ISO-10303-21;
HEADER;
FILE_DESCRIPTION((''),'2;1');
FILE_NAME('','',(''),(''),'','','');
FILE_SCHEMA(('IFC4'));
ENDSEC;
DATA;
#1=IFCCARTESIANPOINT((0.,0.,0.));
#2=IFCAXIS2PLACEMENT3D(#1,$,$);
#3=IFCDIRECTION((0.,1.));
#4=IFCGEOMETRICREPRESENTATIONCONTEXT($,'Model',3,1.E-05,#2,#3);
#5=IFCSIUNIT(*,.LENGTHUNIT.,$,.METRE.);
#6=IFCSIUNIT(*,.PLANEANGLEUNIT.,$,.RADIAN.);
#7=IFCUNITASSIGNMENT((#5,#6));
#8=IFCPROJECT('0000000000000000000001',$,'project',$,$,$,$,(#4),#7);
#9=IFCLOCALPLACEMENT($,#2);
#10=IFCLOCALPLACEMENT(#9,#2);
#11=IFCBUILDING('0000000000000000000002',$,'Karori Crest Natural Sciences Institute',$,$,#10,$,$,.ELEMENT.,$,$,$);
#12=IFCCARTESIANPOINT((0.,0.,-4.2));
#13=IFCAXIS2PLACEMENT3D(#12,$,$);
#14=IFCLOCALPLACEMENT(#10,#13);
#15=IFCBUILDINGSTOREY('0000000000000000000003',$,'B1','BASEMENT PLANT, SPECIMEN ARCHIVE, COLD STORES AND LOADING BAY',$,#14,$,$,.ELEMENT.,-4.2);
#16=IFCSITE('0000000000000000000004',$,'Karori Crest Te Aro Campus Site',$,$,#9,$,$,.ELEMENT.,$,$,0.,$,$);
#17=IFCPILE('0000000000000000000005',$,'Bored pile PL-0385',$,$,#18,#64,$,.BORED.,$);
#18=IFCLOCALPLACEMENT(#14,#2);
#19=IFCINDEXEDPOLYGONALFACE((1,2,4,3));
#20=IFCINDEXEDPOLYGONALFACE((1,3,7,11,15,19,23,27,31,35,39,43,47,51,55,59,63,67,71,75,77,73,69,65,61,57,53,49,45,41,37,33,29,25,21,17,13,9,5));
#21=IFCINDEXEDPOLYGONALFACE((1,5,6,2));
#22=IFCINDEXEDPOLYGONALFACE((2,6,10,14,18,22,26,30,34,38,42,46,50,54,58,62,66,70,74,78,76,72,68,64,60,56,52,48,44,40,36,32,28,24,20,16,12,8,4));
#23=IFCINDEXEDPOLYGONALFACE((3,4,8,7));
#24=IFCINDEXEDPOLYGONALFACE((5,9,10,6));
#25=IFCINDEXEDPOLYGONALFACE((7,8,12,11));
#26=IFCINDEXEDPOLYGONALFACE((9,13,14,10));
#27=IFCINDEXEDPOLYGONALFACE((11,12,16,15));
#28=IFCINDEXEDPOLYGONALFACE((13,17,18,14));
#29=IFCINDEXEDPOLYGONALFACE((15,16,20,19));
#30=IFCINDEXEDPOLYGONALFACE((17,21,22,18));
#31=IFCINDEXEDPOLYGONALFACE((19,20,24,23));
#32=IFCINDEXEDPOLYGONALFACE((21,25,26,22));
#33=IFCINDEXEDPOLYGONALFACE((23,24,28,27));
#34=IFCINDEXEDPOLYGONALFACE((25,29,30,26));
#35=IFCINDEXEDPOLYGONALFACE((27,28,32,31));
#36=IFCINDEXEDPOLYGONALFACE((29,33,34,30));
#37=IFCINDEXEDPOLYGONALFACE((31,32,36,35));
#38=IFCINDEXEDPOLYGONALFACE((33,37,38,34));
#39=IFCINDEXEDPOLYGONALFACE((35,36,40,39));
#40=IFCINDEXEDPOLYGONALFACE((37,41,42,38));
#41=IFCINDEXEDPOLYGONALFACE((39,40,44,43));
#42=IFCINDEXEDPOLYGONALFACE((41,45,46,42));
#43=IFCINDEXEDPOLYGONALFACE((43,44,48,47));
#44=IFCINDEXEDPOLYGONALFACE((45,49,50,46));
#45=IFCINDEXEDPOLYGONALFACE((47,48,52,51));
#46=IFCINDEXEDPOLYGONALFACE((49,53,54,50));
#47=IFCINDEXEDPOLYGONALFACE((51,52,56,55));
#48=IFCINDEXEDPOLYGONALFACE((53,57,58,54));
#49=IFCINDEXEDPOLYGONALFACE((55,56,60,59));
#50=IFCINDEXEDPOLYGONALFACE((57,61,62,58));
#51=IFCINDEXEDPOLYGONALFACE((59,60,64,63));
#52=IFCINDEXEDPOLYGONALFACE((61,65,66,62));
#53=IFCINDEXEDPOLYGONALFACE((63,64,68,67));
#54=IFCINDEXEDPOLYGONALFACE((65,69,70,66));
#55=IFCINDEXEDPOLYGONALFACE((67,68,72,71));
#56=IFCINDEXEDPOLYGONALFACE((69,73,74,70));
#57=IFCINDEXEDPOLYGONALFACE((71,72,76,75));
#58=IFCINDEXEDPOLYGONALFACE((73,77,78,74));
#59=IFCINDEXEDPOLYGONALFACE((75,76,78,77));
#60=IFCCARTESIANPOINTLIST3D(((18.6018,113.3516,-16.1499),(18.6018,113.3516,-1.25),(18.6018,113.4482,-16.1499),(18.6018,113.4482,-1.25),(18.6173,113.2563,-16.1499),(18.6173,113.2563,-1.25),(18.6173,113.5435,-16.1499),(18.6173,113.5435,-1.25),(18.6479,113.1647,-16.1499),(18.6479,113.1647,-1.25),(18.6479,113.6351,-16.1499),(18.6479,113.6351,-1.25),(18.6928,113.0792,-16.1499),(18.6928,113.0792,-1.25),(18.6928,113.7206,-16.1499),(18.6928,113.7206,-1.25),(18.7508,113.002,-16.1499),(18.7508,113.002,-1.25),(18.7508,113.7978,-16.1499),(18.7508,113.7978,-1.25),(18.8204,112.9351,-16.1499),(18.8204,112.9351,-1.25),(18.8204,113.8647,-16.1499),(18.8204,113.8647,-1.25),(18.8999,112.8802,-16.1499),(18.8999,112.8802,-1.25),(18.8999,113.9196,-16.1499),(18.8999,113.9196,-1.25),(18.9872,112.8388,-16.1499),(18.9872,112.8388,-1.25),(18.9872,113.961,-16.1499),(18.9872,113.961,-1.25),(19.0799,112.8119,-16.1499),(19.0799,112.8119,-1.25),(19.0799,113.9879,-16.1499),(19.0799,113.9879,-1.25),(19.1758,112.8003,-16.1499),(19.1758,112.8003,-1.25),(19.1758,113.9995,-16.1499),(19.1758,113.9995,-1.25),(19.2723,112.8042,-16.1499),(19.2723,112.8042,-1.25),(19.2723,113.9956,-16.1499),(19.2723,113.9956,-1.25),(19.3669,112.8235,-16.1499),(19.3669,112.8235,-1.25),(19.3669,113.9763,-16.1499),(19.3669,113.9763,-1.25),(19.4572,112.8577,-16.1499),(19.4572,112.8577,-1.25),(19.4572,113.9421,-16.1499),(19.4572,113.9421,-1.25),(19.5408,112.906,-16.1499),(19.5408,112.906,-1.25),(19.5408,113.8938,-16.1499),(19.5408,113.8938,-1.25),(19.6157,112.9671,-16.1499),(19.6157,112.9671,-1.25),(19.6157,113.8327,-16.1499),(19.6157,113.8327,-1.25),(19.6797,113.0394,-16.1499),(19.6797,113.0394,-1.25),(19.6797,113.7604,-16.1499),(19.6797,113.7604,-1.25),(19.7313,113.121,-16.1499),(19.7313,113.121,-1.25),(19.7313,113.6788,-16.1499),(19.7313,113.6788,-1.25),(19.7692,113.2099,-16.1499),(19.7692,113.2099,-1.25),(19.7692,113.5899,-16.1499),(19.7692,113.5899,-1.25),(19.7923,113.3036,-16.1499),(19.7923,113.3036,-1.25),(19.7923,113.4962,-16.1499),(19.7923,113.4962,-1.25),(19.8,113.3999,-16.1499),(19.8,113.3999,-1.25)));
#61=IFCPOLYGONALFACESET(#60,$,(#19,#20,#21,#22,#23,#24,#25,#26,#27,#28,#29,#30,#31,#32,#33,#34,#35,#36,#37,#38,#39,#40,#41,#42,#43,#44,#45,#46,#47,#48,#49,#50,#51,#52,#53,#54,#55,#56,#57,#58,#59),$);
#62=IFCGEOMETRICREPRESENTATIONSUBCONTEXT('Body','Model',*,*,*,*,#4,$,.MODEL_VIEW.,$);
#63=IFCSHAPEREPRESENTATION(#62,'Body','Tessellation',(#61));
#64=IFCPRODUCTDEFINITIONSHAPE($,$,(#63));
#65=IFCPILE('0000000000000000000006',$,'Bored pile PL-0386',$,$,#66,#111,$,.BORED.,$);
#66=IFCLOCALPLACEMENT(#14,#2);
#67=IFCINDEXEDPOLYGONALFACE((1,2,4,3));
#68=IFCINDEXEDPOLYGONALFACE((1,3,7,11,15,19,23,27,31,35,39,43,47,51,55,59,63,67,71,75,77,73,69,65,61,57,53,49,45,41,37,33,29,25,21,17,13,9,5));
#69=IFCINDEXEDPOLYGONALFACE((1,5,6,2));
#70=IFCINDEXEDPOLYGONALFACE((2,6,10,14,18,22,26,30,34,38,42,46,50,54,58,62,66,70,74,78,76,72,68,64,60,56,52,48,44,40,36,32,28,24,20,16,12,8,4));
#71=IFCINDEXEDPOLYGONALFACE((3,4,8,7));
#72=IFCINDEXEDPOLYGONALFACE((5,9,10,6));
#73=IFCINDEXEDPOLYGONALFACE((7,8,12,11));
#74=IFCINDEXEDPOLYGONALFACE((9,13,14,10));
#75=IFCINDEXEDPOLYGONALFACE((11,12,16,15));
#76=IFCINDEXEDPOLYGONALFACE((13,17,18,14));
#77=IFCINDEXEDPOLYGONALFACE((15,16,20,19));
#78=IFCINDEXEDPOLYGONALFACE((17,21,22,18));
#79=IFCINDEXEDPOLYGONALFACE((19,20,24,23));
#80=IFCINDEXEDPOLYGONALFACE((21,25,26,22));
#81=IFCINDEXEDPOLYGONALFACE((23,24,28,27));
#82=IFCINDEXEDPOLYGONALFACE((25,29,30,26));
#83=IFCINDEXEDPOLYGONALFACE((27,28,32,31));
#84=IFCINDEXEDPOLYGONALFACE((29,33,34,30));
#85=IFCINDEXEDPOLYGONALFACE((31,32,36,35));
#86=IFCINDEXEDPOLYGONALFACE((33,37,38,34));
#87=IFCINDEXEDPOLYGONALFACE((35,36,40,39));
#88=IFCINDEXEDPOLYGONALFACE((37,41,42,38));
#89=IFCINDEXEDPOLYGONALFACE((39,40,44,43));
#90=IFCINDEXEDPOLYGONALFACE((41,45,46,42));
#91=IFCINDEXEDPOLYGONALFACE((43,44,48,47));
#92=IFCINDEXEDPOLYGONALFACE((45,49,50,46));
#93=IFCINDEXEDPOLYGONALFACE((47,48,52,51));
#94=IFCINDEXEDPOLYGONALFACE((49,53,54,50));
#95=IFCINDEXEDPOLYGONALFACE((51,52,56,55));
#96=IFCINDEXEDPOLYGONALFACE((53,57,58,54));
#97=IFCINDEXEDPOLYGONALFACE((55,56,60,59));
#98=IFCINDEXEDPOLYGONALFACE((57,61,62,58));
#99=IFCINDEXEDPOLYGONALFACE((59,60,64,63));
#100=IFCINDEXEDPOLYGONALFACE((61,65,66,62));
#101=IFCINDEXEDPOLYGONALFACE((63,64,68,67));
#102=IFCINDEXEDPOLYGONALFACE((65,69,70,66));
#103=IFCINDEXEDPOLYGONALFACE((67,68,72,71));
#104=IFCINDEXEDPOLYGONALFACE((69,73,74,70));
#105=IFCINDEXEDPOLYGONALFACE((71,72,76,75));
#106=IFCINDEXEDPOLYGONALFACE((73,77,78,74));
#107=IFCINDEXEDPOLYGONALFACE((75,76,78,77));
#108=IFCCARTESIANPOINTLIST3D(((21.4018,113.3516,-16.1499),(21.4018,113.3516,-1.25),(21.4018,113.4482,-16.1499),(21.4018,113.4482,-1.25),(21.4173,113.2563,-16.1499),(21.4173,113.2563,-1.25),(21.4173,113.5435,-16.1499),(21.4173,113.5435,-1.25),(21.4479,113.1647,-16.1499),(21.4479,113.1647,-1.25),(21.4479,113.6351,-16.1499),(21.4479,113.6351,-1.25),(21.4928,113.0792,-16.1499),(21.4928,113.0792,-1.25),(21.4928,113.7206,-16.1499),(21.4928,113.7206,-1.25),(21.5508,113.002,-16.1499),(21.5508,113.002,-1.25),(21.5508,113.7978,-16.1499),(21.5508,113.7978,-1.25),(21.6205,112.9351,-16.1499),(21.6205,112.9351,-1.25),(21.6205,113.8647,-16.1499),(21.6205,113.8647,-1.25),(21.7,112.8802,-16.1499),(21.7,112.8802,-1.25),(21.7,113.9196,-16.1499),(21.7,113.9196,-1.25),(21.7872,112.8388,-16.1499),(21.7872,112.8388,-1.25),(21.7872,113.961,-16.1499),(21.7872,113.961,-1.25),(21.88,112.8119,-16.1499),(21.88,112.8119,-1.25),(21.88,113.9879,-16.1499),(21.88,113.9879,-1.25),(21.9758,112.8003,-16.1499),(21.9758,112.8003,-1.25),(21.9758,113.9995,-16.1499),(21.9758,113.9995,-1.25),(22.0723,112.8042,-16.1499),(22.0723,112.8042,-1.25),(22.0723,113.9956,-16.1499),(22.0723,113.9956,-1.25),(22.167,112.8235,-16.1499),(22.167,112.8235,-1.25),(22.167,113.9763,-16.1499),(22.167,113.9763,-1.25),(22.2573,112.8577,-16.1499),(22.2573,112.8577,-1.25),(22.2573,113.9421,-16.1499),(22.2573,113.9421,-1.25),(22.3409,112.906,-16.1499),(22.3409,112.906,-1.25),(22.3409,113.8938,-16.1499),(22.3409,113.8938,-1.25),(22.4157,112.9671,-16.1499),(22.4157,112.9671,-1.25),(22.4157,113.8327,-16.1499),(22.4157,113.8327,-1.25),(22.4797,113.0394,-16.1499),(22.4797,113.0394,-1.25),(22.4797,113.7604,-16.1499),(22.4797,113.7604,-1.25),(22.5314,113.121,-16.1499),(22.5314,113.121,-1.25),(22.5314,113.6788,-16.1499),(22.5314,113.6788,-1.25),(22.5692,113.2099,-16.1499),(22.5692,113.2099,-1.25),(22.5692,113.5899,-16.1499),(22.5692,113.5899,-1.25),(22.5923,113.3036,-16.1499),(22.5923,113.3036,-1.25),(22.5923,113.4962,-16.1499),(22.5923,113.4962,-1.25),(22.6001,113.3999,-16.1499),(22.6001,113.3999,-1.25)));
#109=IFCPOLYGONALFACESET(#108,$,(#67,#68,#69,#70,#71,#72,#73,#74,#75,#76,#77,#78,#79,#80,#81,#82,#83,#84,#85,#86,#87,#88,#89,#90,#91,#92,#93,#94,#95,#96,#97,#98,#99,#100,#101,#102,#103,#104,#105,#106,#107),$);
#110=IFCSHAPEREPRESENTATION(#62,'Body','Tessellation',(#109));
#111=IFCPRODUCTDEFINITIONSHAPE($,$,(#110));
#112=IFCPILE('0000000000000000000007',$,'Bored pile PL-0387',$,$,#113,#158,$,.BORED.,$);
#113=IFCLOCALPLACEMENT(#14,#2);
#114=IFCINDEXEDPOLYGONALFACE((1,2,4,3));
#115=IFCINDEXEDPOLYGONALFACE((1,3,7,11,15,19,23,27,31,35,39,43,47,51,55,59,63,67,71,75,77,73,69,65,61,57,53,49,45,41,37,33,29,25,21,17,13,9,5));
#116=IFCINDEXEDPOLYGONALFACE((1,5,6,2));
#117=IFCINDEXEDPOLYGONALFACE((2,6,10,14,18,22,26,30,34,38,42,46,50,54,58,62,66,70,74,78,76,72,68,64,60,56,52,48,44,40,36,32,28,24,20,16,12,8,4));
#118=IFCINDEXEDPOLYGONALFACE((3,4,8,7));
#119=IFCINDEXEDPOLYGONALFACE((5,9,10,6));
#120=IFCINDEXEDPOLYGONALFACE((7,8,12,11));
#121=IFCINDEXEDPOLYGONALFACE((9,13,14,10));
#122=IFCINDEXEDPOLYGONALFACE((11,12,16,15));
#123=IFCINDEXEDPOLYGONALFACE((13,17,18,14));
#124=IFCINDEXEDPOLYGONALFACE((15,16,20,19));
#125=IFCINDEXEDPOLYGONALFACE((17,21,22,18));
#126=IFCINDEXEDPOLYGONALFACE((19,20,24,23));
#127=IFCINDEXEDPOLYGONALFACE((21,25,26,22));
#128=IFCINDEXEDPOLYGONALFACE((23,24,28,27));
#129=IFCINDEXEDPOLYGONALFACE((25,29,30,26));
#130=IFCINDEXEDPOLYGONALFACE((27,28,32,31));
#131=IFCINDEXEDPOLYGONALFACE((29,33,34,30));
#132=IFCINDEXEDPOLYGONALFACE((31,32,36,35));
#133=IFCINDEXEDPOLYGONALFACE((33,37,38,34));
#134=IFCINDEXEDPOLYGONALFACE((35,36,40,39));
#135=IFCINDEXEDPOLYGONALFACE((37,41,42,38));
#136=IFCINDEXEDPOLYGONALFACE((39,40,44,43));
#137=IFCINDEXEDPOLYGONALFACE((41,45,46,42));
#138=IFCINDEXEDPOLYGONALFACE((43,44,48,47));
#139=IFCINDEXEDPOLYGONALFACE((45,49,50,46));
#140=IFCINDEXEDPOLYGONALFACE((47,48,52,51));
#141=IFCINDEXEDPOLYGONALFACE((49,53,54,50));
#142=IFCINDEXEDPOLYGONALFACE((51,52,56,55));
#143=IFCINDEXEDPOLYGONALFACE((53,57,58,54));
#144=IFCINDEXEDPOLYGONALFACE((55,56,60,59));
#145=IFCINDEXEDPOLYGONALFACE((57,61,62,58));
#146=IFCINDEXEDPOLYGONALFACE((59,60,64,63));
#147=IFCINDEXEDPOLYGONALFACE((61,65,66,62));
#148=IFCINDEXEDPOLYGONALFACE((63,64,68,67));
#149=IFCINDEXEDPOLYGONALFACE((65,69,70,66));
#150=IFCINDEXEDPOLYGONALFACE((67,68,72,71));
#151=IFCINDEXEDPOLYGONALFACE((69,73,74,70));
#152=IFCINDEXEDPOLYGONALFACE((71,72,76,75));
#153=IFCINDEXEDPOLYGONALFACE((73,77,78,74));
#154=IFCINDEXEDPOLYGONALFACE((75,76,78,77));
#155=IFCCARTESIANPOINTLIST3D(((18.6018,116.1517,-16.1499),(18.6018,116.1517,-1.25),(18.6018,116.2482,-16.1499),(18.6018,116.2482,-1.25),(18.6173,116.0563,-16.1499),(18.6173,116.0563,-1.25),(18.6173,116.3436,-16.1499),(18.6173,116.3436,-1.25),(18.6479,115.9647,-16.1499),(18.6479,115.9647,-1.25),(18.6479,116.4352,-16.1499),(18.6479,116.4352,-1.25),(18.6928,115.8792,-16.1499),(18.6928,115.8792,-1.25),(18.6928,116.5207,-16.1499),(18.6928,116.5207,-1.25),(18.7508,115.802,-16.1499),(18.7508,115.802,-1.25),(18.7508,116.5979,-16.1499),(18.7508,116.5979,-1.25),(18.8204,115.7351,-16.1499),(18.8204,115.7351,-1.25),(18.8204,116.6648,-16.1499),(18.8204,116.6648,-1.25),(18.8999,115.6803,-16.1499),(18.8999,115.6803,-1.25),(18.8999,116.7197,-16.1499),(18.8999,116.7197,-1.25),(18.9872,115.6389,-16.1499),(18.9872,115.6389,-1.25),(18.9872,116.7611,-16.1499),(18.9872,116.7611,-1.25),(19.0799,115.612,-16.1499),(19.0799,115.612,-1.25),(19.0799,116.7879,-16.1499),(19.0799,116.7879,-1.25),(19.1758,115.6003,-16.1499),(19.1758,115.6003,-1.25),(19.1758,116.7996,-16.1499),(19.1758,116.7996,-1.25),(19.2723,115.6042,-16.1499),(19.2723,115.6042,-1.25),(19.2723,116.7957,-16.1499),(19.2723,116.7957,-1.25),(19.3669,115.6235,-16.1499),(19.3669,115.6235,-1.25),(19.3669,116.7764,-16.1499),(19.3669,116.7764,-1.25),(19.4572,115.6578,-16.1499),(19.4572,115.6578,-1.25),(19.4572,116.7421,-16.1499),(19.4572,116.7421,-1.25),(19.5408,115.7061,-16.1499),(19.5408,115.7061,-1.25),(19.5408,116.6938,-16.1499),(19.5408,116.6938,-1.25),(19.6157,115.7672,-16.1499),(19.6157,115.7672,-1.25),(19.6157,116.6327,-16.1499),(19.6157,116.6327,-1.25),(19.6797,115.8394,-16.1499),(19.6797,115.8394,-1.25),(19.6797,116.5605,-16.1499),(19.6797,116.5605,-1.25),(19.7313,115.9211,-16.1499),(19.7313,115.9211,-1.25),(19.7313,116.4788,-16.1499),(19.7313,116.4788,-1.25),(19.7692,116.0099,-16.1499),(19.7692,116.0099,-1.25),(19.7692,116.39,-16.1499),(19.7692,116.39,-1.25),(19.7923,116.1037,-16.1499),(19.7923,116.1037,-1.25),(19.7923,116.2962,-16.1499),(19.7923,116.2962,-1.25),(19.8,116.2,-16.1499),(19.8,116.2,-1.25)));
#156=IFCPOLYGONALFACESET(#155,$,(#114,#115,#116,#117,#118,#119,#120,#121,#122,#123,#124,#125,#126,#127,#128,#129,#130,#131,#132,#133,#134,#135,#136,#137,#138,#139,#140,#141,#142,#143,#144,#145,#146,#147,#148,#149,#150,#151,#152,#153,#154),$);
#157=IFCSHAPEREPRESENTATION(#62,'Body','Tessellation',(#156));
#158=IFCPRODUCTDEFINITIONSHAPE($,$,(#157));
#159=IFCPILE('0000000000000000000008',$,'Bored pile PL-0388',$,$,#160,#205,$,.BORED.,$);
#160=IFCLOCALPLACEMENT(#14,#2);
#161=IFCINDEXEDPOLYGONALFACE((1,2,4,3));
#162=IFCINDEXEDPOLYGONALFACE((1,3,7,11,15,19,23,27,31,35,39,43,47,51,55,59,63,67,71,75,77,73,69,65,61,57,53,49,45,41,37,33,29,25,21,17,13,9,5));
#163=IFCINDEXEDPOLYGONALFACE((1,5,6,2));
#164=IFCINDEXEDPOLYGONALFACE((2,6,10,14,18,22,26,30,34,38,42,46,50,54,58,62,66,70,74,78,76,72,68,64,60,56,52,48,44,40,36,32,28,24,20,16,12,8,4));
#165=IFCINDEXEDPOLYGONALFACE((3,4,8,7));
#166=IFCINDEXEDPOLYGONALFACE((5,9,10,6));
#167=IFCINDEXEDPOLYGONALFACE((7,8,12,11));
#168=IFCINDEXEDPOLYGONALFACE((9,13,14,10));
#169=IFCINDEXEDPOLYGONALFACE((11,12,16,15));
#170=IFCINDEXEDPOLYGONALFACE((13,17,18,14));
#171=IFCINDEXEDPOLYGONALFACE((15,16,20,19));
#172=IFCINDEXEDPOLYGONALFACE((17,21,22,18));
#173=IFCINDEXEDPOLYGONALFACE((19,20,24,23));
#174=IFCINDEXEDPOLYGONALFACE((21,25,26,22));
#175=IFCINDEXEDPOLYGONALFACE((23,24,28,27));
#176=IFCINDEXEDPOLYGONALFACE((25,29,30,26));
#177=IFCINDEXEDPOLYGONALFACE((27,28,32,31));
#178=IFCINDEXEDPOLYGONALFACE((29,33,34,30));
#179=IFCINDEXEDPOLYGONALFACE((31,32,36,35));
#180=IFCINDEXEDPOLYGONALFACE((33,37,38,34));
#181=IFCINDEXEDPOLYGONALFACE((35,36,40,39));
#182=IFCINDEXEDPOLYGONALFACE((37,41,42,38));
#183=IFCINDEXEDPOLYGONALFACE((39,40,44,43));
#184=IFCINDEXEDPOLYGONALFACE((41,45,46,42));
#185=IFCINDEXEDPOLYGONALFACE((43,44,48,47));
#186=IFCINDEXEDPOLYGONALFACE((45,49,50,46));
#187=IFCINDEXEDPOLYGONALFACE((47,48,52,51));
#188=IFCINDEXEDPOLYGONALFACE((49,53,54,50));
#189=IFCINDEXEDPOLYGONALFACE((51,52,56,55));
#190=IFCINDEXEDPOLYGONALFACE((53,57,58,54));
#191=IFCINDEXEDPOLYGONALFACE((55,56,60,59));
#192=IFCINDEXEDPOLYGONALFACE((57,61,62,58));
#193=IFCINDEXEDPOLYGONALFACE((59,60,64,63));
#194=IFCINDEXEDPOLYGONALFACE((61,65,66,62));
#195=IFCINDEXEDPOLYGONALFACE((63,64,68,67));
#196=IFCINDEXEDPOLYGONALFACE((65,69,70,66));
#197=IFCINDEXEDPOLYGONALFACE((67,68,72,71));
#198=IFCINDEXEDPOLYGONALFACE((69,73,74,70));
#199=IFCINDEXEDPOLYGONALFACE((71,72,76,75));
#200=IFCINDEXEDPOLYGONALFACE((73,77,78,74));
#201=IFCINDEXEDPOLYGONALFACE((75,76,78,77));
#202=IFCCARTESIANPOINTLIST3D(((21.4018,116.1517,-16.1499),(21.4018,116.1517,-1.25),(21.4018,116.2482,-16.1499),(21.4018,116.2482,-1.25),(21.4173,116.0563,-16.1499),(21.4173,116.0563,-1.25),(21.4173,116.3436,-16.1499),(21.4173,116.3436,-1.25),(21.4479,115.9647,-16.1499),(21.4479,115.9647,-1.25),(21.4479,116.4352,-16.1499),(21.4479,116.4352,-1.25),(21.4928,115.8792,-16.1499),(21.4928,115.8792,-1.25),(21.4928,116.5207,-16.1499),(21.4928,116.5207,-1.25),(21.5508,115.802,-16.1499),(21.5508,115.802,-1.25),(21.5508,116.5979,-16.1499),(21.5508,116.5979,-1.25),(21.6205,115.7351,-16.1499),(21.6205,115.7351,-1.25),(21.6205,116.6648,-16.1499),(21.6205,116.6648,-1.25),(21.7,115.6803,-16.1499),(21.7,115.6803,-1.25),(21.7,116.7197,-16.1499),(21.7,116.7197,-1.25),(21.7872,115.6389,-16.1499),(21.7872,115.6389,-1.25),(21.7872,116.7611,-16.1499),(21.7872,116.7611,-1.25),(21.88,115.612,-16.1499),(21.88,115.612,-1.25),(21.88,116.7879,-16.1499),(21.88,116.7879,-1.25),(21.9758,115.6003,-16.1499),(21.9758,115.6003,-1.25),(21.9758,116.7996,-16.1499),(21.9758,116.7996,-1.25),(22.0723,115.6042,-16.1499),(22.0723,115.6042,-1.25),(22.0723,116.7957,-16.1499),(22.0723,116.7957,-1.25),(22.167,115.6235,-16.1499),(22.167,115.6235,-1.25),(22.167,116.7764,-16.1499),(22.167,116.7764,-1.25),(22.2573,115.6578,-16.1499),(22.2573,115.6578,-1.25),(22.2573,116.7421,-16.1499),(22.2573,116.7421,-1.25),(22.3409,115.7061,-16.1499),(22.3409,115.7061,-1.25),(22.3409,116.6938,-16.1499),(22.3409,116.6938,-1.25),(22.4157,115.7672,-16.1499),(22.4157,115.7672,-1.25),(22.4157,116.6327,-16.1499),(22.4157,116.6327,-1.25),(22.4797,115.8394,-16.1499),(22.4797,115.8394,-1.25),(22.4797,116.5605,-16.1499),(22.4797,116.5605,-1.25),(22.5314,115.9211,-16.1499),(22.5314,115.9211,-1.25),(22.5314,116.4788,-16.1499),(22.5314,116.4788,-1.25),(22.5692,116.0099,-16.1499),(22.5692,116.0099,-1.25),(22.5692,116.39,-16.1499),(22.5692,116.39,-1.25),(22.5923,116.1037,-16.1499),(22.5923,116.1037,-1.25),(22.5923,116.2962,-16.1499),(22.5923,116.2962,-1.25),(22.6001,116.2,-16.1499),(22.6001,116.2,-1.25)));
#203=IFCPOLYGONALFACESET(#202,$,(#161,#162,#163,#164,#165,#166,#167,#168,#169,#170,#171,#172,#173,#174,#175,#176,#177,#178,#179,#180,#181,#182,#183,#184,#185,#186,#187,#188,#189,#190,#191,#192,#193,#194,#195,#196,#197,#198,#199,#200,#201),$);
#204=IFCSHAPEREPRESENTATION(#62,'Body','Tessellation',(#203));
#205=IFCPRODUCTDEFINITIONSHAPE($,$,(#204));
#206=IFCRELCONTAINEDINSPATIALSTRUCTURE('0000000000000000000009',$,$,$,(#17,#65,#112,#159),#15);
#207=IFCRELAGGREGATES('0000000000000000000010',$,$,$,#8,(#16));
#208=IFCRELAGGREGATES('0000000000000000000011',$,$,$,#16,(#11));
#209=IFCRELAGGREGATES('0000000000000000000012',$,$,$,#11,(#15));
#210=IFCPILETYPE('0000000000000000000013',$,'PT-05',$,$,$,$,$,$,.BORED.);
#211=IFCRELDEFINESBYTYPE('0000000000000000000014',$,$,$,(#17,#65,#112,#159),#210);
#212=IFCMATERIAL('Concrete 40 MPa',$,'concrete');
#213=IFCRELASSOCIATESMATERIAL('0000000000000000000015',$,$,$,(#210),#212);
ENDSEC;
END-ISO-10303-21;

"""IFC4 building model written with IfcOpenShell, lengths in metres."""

from ifc_helpers import new_model, si_unit, direction, frame, origin, origin_2d, place, context, subcontext, project, spatial, circle, extrude, material, material_profile, profile_set, type_object, element, save


model = new_model("IFC4")

# Units and contexts
model_context = context("Model", 3, precision=1e-05, world=origin(), true_north=direction((0.0, 1.0)))
body_context = subcontext(model_context, "Body", "Model", "MODEL_VIEW")
ifc_project = project(units=[si_unit("LENGTHUNIT", "METRE"), si_unit("PLANEANGLEUNIT", "RADIAN")], contexts=[model_context])

# Site, building, storey
site_placement = place(None, origin())
site = spatial("IfcSite", under=ifc_project, at=site_placement, Name="Karori Crest Te Aro Campus Site", CompositionType="ELEMENT", RefElevation=0.0)
building_placement = place(site_placement, origin())
building = spatial("IfcBuilding", under=site, at=building_placement, Name="Karori Crest Natural Sciences Institute", CompositionType="ELEMENT")
storey_placement = place(building_placement, frame((0.0, 0.0, -4.2)))
storey = spatial("IfcBuildingStorey", under=building, at=storey_placement, Name="B1", Description="BASEMENT PLANT, SPECIMEN ARCHIVE, COLD STORES AND LOADING BAY", CompositionType="ELEMENT", Elevation=-4.2)

# Shared definitions
ifc_material_1 = material(Name="Concrete 40 MPa", Category="concrete")

# Piles
ifc_material_profile_1 = material_profile(ifc_material_1, circle(Radius=0.6001, at=origin_2d()), Name="PILE1200")
ifc_profile_set_1 = profile_set([ifc_material_profile_1], Name="Concrete 40 MPa")
pile_type = type_object("IfcPileType", Name="PT-05", PredefinedType="BORED", material=ifc_profile_set_1)
for number, where, z_axis, x_axis, name in (
    (1, (19.2, 113.3999, -1.25), (0.0, 0.0, -1.0), (1.0, 0.0, 0.0), "Bored pile PL-0385"),
    (2, (22.0, 113.3999, -1.25), (0.0, 0.0, -1.0), (1.0, 0.0, 0.0), "Bored pile PL-0386"),
    (3, (19.2, 116.2, -1.25), (0.0, 0.0, -1.0), (1.0, 0.0, 0.0), "Bored pile PL-0387"),
    (4, (22.0, 116.2, -1.25), (0.0, 0.0, -1.0), (1.0, 0.0, 0.0), "Bored pile PL-0388"),
):
    element("IfcPile", number, at=place(storey_placement, frame(where, z_axis=z_axis, x_axis=x_axis)), inside=storey, type_object=pile_type, Name=name, PredefinedType="BORED", context=body_context, shape_type="SweptSolid", body=[
        extrude(circle(Radius=0.6001, at=origin_2d()), origin(), (0.0, 0.0, 1.0), 14.8999),
    ])

save(model, "model.ifc")
